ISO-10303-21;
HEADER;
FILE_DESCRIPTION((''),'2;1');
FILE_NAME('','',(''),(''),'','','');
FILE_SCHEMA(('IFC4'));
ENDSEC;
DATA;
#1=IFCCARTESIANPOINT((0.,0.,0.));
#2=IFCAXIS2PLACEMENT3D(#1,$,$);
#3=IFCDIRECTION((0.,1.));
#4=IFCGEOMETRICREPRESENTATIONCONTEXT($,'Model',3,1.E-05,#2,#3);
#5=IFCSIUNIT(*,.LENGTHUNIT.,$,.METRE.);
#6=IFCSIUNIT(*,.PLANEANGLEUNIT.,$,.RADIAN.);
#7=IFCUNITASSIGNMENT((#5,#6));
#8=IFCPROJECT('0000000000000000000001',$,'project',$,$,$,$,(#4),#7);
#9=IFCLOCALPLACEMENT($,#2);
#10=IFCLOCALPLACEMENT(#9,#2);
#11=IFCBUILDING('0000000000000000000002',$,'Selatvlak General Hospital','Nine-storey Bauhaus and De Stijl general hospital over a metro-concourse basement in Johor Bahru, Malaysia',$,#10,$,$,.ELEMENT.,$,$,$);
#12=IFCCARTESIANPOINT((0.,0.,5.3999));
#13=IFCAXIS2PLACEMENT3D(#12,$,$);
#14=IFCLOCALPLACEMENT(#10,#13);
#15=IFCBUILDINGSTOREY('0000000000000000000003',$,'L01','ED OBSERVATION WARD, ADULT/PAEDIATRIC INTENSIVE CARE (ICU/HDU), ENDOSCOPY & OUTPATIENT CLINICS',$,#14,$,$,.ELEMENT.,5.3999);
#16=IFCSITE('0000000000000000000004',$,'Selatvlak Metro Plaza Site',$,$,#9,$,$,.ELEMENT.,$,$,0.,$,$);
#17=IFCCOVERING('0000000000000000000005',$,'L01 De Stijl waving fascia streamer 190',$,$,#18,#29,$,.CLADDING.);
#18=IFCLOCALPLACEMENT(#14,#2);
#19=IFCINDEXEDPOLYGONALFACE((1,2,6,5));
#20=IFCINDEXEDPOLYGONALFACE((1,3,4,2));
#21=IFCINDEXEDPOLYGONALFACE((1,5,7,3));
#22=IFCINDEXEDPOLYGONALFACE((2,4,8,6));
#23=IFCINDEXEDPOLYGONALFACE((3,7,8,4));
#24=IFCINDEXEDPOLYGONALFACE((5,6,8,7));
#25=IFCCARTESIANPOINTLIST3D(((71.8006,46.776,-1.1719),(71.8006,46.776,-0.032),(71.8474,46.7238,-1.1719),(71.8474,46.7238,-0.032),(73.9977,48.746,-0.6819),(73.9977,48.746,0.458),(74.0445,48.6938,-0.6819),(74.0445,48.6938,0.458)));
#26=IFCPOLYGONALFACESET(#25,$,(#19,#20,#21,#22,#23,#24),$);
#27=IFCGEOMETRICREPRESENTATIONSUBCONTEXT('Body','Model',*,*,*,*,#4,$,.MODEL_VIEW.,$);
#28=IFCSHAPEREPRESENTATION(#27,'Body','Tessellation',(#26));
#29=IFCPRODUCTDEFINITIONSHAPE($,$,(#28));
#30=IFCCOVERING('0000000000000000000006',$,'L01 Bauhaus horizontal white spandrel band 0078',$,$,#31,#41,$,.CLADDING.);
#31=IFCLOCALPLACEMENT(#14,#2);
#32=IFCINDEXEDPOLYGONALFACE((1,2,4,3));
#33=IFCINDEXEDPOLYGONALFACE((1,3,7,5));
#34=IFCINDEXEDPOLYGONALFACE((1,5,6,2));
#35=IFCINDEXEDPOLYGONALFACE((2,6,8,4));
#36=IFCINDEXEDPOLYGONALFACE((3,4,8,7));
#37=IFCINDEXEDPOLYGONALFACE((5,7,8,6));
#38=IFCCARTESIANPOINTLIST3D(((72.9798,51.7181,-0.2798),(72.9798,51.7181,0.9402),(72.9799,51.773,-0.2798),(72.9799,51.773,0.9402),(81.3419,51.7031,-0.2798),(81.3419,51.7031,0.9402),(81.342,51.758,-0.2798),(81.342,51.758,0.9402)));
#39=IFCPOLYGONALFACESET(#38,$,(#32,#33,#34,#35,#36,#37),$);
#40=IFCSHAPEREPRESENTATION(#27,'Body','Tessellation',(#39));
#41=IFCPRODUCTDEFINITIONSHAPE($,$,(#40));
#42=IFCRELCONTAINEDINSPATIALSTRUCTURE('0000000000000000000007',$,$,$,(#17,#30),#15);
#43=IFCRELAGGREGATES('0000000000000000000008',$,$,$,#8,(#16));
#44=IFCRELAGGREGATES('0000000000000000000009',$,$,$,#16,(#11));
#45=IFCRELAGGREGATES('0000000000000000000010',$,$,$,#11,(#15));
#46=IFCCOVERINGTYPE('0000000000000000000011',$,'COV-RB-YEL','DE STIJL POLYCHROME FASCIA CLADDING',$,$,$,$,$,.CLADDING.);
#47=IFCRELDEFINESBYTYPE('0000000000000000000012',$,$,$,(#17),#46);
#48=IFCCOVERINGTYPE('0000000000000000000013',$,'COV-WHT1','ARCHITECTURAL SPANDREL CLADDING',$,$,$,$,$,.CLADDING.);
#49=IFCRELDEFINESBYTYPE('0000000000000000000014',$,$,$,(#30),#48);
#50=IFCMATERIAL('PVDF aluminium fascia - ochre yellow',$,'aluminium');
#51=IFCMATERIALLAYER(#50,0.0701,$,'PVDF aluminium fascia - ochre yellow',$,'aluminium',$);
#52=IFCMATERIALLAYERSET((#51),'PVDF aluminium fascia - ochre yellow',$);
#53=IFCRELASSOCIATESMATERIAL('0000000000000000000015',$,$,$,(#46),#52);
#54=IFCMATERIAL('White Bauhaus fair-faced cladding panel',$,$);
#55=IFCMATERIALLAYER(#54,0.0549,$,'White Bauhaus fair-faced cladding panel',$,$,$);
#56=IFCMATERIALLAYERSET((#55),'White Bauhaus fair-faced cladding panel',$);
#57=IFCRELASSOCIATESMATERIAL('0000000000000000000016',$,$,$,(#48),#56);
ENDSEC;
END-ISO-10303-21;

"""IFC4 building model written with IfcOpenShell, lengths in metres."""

from ifc_helpers import new_model, si_unit, direction, frame, origin, origin_2d, place, context, subcontext, project, spatial, polyline, rectangle, outline, extrude, material, layer, layer_set, type_object, element, save


model = new_model("IFC4")

# Units and contexts
model_context = context("Model", 3, precision=1e-05, world=origin(), true_north=direction((0.0, 1.0)))
body_context = subcontext(model_context, "Body", "Model", "MODEL_VIEW")
ifc_project = project(units=[si_unit("LENGTHUNIT", "METRE"), si_unit("PLANEANGLEUNIT", "RADIAN")], contexts=[model_context])

# Site, building, storey
site_placement = place(None, origin())
site = spatial("IfcSite", under=ifc_project, at=site_placement, Name="Selatvlak Metro Plaza Site", CompositionType="ELEMENT", RefElevation=0.0)
building_placement = place(site_placement, origin())
building = spatial("IfcBuilding", under=site, at=building_placement, Name="Selatvlak General Hospital", Description="Nine-storey Bauhaus and De Stijl general hospital over a metro-concourse basement in Johor Bahru, Malaysia", CompositionType="ELEMENT")
storey_placement = place(building_placement, frame((0.0, 0.0, 5.3999)))
storey = spatial("IfcBuildingStorey", under=building, at=storey_placement, Name="L01", Description="ED OBSERVATION WARD, ADULT/PAEDIATRIC INTENSIVE CARE (ICU/HDU), ENDOSCOPY & OUTPATIENT CLINICS", CompositionType="ELEMENT", Elevation=5.3999)

# Coverings
ifc_material_1 = material(Name="PVDF aluminium fascia - ochre yellow", Category="aluminium")
ifc_layer_1 = layer(ifc_material_1, 0.0701, Name="PVDF aluminium fascia - ochre yellow", Category="aluminium")
ifc_layer_set_1 = layer_set([ifc_layer_1], Name="PVDF aluminium fascia - ochre yellow")
covering_type_1 = type_object("IfcCoveringType", Name="COV-RB-YEL", Description="DE STIJL POLYCHROME FASCIA CLADDING", PredefinedType="CLADDING", material=ifc_layer_set_1)
covering_1_placement = place(storey_placement, frame((74.021, 48.72, -0.6819), z_axis=(0.0, 0.0, 1.0), x_axis=(-0.744531, -0.667588, 0.0)))
element("IfcCovering", 1, at=covering_1_placement, inside=storey, type_object=covering_type_1, Name="L01 De Stijl waving fascia streamer 190", PredefinedType="CLADDING", context=body_context, shape_type="SweptSolid", body=[
    extrude(outline(polyline([(0.0, 0.0), (2.9509, -0.49), (2.9509, 0.6499), (0.0, 1.1399), (0.0, 0.0)])), frame((0.0, 0.0352, 0.0), z_axis=(0.0, -1.0, 0.0), x_axis=(1.0, 0.0, 0.0)), (0.0, 0.0, 1.0), 0.0701),
])
ifc_material_2 = material(Name="White Bauhaus fair-faced cladding panel")
ifc_layer_2 = layer(ifc_material_2, 0.0549, Name="White Bauhaus fair-faced cladding panel")
ifc_layer_set_2 = layer_set([ifc_layer_2], Name="White Bauhaus fair-faced cladding panel")
covering_type_2 = type_object("IfcCoveringType", Name="COV-WHT1", Description="ARCHITECTURAL SPANDREL CLADDING", PredefinedType="CLADDING", material=ifc_layer_set_2)
covering_2_placement = place(storey_placement, frame((77.1609, 51.738, -0.2798), z_axis=(0.0, 0.0, 1.0), x_axis=(-0.999998, 0.001798, 0.0)))
element("IfcCovering", 2, at=covering_2_placement, inside=storey, type_object=covering_type_2, Name="L01 Bauhaus horizontal white spandrel band 0078", PredefinedType="CLADDING", context=body_context, shape_type="SweptSolid", body=[
    extrude(rectangle(XDim=8.3621, YDim=0.0549, at=origin_2d()), origin(), (0.0, 0.0, 1.0), 1.22),
])

save(model, "model.ifc")
